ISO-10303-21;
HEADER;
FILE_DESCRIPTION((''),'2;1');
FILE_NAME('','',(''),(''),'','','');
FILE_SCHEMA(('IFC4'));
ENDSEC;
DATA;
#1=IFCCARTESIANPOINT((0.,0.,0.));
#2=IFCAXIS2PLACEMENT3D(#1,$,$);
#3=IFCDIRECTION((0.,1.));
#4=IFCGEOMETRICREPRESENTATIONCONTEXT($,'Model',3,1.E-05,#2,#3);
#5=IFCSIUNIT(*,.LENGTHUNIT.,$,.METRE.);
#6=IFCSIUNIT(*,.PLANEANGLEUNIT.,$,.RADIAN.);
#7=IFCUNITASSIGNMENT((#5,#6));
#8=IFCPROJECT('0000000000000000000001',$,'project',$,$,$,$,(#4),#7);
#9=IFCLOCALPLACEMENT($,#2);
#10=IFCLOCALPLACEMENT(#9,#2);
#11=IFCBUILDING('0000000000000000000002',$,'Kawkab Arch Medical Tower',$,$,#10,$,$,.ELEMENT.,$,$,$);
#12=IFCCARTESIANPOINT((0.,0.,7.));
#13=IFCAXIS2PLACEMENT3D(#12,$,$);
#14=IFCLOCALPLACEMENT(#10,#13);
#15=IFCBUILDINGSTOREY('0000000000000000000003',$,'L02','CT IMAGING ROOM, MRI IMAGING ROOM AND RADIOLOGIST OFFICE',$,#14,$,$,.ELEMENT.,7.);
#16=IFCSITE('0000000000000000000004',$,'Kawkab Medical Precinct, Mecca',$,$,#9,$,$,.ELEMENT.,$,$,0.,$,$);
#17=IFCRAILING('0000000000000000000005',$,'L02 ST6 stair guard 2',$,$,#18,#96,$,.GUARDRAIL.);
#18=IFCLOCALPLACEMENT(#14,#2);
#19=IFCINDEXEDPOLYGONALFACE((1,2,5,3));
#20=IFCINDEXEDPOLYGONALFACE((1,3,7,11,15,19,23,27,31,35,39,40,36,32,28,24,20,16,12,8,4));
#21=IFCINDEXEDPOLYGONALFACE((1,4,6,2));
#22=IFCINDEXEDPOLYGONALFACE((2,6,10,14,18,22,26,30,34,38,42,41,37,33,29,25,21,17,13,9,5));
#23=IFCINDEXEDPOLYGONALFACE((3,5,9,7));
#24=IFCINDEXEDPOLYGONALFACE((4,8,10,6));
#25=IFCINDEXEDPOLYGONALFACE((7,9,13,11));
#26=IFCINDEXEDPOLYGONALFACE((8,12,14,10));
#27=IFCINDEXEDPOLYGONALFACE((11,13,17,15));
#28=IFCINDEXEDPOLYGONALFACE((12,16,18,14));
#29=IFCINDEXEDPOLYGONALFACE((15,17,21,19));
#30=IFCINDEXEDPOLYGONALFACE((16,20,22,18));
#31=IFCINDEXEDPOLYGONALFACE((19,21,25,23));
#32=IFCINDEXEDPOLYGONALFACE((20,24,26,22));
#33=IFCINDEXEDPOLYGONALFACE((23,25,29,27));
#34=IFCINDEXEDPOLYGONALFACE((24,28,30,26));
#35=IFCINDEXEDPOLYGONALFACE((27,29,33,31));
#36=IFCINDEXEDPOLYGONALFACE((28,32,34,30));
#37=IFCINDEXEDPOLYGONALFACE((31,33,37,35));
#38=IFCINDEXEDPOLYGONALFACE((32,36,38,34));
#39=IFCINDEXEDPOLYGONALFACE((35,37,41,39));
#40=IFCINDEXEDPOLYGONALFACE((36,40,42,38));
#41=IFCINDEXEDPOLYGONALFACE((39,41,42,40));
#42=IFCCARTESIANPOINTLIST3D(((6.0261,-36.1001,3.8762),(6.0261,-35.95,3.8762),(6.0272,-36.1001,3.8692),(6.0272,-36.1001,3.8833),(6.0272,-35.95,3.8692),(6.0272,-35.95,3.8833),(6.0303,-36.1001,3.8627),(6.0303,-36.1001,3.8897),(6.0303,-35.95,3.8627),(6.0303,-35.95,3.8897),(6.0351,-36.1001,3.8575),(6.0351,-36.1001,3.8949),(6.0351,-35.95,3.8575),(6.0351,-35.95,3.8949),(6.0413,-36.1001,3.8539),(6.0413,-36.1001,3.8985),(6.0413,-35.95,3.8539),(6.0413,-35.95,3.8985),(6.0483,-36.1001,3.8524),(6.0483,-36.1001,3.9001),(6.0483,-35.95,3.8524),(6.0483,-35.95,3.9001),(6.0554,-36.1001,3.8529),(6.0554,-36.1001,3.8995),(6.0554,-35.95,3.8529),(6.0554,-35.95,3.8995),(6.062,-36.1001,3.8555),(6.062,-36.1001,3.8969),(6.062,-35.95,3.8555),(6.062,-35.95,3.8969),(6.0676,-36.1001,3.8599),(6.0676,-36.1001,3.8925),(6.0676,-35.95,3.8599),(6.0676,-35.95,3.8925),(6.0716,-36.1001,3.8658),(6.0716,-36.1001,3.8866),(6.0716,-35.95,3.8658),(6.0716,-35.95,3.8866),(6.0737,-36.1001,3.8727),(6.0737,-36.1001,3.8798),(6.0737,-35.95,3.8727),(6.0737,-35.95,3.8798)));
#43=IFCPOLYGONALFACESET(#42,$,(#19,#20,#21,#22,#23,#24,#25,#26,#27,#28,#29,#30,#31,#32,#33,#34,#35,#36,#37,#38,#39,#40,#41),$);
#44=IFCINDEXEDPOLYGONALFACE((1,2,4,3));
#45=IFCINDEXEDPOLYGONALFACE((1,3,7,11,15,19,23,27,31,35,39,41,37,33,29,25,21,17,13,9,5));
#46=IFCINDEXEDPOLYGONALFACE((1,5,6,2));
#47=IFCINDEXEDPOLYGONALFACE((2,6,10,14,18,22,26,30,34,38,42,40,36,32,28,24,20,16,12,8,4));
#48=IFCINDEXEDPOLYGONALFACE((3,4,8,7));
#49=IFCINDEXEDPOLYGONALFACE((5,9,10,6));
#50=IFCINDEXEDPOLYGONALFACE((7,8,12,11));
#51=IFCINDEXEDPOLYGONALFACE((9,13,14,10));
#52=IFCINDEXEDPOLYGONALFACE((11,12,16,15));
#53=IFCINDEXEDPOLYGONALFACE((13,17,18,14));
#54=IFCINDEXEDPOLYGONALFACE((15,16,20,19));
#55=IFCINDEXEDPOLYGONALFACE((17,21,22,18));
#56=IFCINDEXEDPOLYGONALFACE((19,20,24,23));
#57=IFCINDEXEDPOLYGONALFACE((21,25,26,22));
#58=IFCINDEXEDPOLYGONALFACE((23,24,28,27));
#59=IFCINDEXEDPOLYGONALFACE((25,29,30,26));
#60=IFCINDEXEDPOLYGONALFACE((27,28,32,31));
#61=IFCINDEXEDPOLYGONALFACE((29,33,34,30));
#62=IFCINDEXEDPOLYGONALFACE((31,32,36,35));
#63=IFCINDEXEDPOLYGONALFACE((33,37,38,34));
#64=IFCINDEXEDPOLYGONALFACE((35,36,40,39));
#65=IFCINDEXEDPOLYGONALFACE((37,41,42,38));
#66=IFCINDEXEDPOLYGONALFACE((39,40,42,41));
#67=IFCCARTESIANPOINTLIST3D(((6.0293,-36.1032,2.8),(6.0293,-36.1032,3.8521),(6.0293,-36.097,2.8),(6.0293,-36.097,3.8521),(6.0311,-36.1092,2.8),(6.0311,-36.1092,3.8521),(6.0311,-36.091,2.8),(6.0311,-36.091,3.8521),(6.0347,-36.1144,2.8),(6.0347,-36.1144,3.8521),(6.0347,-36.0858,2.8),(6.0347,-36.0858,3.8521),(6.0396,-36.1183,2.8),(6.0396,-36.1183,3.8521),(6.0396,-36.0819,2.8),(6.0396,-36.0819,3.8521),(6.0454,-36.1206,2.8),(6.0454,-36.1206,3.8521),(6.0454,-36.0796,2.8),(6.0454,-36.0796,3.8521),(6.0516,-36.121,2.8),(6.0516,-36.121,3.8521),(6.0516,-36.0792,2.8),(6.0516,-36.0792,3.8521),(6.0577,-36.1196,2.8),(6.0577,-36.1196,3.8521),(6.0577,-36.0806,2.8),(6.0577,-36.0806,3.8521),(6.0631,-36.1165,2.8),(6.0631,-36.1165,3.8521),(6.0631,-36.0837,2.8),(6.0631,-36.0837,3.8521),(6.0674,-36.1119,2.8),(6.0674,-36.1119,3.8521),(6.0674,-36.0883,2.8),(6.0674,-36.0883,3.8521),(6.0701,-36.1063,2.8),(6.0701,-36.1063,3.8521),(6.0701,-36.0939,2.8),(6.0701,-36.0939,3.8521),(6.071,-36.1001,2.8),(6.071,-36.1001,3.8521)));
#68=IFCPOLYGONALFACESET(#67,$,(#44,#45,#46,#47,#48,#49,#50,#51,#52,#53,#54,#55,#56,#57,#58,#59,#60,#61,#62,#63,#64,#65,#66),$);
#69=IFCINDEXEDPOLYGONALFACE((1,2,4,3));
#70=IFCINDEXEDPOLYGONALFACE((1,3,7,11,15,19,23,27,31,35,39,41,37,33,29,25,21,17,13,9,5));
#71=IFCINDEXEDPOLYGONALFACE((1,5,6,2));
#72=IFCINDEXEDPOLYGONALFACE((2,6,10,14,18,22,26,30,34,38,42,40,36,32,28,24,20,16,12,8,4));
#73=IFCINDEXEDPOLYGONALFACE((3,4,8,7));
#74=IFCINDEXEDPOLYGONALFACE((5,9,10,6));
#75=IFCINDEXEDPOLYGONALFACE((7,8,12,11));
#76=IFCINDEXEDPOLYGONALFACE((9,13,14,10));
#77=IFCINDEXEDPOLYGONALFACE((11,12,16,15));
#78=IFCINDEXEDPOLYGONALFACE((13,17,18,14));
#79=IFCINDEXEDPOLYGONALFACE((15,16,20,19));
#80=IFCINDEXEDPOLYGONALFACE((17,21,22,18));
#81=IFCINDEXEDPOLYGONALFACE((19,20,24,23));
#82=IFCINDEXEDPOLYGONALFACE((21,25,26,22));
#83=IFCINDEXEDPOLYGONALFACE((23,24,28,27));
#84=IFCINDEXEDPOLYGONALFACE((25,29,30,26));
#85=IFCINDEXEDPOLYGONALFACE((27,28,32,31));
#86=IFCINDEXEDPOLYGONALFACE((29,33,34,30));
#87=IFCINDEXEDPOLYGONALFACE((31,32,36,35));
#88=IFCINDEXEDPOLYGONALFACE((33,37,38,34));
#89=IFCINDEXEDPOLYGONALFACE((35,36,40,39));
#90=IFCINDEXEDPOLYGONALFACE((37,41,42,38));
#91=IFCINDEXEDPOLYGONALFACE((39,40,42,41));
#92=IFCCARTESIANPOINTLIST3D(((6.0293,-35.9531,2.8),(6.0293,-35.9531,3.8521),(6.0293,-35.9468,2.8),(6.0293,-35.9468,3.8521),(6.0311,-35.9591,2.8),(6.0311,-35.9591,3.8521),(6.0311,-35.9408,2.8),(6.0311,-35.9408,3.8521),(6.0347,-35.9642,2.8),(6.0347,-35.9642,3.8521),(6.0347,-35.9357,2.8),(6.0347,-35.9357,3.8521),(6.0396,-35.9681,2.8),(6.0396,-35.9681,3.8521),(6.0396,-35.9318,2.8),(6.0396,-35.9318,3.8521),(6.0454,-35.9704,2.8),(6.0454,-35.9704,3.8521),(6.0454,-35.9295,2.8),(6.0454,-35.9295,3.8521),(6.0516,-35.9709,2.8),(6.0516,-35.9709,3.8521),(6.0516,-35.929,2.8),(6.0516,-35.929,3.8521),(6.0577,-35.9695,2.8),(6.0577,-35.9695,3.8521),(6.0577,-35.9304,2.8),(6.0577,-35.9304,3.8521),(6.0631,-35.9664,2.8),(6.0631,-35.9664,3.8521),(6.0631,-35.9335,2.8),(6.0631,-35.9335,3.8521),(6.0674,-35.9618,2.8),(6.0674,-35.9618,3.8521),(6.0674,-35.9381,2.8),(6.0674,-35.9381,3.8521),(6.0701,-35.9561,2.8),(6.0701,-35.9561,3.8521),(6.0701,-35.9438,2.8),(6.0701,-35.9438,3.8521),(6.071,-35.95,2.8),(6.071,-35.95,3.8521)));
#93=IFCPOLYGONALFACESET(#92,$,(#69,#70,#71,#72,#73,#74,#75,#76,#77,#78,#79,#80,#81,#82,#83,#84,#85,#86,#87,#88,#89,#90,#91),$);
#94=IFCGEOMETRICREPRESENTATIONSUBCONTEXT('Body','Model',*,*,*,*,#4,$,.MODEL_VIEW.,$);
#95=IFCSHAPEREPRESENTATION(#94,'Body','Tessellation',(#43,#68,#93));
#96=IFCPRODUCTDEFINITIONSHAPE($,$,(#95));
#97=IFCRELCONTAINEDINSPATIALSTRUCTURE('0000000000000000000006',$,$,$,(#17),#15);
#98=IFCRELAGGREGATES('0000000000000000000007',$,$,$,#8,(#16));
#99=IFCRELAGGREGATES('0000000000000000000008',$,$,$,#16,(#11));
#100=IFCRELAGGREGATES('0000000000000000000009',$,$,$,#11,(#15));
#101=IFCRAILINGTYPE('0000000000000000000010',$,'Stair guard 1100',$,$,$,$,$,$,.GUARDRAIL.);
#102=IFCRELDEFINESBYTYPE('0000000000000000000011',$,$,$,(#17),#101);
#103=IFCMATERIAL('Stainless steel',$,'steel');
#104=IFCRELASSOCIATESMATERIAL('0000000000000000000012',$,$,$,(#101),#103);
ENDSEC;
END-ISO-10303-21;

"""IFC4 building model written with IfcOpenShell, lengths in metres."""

from ifc_helpers import new_model, si_unit, direction, frame, origin, origin_2d, place, context, subcontext, project, spatial, circle, extrude, material, type_object, element, save


model = new_model("IFC4")

# Units and contexts
model_context = context("Model", 3, precision=1e-05, world=origin(), true_north=direction((0.0, 1.0)))
body_context = subcontext(model_context, "Body", "Model", "MODEL_VIEW")
ifc_project = project(units=[si_unit("LENGTHUNIT", "METRE"), si_unit("PLANEANGLEUNIT", "RADIAN")], contexts=[model_context])

# Site, building, storey
site_placement = place(None, origin())
site = spatial("IfcSite", under=ifc_project, at=site_placement, Name="Kawkab Medical Precinct, Mecca", CompositionType="ELEMENT", RefElevation=0.0)
building_placement = place(site_placement, origin())
building = spatial("IfcBuilding", under=site, at=building_placement, Name="Kawkab Arch Medical Tower", CompositionType="ELEMENT")
storey_placement = place(building_placement, frame((0.0, 0.0, 7.0)))
storey = spatial("IfcBuildingStorey", under=building, at=storey_placement, Name="L02", Description="CT IMAGING ROOM, MRI IMAGING ROOM AND RADIOLOGIST OFFICE", CompositionType="ELEMENT", Elevation=7.0)

# Railing
ifc_material_1 = material(Name="Stainless steel", Category="steel")
railing_type = type_object("IfcRailingType", Name="Stair guard 1100", PredefinedType="GUARDRAIL", material=ifc_material_1)
railing_1_placement = place(storey_placement, frame((6.05, -36.1001, 2.8)))
element("IfcRailing", 1, at=railing_1_placement, inside=storey, type_object=railing_type, Name="L02 ST6 stair guard 2", PredefinedType="GUARDRAIL", context=body_context, shape_type="SweptSolid", body=[
    extrude(circle(Radius=0.0239, at=origin_2d()), frame((0.0, 0.0, 1.0762), z_axis=(0.0, 1.0, 0.0), x_axis=(-1.0, 0.0, 0.0)), (0.0, 0.0, 1.0), 0.1501),
    extrude(circle(Radius=0.021, at=origin_2d()), origin(), (0.0, 0.0, 1.0), 1.052),
    extrude(circle(Radius=0.021, at=origin_2d()), frame((0.0, 0.1501, 0.0)), (0.0, 0.0, 1.0), 1.052),
])

save(model, "model.ifc")
